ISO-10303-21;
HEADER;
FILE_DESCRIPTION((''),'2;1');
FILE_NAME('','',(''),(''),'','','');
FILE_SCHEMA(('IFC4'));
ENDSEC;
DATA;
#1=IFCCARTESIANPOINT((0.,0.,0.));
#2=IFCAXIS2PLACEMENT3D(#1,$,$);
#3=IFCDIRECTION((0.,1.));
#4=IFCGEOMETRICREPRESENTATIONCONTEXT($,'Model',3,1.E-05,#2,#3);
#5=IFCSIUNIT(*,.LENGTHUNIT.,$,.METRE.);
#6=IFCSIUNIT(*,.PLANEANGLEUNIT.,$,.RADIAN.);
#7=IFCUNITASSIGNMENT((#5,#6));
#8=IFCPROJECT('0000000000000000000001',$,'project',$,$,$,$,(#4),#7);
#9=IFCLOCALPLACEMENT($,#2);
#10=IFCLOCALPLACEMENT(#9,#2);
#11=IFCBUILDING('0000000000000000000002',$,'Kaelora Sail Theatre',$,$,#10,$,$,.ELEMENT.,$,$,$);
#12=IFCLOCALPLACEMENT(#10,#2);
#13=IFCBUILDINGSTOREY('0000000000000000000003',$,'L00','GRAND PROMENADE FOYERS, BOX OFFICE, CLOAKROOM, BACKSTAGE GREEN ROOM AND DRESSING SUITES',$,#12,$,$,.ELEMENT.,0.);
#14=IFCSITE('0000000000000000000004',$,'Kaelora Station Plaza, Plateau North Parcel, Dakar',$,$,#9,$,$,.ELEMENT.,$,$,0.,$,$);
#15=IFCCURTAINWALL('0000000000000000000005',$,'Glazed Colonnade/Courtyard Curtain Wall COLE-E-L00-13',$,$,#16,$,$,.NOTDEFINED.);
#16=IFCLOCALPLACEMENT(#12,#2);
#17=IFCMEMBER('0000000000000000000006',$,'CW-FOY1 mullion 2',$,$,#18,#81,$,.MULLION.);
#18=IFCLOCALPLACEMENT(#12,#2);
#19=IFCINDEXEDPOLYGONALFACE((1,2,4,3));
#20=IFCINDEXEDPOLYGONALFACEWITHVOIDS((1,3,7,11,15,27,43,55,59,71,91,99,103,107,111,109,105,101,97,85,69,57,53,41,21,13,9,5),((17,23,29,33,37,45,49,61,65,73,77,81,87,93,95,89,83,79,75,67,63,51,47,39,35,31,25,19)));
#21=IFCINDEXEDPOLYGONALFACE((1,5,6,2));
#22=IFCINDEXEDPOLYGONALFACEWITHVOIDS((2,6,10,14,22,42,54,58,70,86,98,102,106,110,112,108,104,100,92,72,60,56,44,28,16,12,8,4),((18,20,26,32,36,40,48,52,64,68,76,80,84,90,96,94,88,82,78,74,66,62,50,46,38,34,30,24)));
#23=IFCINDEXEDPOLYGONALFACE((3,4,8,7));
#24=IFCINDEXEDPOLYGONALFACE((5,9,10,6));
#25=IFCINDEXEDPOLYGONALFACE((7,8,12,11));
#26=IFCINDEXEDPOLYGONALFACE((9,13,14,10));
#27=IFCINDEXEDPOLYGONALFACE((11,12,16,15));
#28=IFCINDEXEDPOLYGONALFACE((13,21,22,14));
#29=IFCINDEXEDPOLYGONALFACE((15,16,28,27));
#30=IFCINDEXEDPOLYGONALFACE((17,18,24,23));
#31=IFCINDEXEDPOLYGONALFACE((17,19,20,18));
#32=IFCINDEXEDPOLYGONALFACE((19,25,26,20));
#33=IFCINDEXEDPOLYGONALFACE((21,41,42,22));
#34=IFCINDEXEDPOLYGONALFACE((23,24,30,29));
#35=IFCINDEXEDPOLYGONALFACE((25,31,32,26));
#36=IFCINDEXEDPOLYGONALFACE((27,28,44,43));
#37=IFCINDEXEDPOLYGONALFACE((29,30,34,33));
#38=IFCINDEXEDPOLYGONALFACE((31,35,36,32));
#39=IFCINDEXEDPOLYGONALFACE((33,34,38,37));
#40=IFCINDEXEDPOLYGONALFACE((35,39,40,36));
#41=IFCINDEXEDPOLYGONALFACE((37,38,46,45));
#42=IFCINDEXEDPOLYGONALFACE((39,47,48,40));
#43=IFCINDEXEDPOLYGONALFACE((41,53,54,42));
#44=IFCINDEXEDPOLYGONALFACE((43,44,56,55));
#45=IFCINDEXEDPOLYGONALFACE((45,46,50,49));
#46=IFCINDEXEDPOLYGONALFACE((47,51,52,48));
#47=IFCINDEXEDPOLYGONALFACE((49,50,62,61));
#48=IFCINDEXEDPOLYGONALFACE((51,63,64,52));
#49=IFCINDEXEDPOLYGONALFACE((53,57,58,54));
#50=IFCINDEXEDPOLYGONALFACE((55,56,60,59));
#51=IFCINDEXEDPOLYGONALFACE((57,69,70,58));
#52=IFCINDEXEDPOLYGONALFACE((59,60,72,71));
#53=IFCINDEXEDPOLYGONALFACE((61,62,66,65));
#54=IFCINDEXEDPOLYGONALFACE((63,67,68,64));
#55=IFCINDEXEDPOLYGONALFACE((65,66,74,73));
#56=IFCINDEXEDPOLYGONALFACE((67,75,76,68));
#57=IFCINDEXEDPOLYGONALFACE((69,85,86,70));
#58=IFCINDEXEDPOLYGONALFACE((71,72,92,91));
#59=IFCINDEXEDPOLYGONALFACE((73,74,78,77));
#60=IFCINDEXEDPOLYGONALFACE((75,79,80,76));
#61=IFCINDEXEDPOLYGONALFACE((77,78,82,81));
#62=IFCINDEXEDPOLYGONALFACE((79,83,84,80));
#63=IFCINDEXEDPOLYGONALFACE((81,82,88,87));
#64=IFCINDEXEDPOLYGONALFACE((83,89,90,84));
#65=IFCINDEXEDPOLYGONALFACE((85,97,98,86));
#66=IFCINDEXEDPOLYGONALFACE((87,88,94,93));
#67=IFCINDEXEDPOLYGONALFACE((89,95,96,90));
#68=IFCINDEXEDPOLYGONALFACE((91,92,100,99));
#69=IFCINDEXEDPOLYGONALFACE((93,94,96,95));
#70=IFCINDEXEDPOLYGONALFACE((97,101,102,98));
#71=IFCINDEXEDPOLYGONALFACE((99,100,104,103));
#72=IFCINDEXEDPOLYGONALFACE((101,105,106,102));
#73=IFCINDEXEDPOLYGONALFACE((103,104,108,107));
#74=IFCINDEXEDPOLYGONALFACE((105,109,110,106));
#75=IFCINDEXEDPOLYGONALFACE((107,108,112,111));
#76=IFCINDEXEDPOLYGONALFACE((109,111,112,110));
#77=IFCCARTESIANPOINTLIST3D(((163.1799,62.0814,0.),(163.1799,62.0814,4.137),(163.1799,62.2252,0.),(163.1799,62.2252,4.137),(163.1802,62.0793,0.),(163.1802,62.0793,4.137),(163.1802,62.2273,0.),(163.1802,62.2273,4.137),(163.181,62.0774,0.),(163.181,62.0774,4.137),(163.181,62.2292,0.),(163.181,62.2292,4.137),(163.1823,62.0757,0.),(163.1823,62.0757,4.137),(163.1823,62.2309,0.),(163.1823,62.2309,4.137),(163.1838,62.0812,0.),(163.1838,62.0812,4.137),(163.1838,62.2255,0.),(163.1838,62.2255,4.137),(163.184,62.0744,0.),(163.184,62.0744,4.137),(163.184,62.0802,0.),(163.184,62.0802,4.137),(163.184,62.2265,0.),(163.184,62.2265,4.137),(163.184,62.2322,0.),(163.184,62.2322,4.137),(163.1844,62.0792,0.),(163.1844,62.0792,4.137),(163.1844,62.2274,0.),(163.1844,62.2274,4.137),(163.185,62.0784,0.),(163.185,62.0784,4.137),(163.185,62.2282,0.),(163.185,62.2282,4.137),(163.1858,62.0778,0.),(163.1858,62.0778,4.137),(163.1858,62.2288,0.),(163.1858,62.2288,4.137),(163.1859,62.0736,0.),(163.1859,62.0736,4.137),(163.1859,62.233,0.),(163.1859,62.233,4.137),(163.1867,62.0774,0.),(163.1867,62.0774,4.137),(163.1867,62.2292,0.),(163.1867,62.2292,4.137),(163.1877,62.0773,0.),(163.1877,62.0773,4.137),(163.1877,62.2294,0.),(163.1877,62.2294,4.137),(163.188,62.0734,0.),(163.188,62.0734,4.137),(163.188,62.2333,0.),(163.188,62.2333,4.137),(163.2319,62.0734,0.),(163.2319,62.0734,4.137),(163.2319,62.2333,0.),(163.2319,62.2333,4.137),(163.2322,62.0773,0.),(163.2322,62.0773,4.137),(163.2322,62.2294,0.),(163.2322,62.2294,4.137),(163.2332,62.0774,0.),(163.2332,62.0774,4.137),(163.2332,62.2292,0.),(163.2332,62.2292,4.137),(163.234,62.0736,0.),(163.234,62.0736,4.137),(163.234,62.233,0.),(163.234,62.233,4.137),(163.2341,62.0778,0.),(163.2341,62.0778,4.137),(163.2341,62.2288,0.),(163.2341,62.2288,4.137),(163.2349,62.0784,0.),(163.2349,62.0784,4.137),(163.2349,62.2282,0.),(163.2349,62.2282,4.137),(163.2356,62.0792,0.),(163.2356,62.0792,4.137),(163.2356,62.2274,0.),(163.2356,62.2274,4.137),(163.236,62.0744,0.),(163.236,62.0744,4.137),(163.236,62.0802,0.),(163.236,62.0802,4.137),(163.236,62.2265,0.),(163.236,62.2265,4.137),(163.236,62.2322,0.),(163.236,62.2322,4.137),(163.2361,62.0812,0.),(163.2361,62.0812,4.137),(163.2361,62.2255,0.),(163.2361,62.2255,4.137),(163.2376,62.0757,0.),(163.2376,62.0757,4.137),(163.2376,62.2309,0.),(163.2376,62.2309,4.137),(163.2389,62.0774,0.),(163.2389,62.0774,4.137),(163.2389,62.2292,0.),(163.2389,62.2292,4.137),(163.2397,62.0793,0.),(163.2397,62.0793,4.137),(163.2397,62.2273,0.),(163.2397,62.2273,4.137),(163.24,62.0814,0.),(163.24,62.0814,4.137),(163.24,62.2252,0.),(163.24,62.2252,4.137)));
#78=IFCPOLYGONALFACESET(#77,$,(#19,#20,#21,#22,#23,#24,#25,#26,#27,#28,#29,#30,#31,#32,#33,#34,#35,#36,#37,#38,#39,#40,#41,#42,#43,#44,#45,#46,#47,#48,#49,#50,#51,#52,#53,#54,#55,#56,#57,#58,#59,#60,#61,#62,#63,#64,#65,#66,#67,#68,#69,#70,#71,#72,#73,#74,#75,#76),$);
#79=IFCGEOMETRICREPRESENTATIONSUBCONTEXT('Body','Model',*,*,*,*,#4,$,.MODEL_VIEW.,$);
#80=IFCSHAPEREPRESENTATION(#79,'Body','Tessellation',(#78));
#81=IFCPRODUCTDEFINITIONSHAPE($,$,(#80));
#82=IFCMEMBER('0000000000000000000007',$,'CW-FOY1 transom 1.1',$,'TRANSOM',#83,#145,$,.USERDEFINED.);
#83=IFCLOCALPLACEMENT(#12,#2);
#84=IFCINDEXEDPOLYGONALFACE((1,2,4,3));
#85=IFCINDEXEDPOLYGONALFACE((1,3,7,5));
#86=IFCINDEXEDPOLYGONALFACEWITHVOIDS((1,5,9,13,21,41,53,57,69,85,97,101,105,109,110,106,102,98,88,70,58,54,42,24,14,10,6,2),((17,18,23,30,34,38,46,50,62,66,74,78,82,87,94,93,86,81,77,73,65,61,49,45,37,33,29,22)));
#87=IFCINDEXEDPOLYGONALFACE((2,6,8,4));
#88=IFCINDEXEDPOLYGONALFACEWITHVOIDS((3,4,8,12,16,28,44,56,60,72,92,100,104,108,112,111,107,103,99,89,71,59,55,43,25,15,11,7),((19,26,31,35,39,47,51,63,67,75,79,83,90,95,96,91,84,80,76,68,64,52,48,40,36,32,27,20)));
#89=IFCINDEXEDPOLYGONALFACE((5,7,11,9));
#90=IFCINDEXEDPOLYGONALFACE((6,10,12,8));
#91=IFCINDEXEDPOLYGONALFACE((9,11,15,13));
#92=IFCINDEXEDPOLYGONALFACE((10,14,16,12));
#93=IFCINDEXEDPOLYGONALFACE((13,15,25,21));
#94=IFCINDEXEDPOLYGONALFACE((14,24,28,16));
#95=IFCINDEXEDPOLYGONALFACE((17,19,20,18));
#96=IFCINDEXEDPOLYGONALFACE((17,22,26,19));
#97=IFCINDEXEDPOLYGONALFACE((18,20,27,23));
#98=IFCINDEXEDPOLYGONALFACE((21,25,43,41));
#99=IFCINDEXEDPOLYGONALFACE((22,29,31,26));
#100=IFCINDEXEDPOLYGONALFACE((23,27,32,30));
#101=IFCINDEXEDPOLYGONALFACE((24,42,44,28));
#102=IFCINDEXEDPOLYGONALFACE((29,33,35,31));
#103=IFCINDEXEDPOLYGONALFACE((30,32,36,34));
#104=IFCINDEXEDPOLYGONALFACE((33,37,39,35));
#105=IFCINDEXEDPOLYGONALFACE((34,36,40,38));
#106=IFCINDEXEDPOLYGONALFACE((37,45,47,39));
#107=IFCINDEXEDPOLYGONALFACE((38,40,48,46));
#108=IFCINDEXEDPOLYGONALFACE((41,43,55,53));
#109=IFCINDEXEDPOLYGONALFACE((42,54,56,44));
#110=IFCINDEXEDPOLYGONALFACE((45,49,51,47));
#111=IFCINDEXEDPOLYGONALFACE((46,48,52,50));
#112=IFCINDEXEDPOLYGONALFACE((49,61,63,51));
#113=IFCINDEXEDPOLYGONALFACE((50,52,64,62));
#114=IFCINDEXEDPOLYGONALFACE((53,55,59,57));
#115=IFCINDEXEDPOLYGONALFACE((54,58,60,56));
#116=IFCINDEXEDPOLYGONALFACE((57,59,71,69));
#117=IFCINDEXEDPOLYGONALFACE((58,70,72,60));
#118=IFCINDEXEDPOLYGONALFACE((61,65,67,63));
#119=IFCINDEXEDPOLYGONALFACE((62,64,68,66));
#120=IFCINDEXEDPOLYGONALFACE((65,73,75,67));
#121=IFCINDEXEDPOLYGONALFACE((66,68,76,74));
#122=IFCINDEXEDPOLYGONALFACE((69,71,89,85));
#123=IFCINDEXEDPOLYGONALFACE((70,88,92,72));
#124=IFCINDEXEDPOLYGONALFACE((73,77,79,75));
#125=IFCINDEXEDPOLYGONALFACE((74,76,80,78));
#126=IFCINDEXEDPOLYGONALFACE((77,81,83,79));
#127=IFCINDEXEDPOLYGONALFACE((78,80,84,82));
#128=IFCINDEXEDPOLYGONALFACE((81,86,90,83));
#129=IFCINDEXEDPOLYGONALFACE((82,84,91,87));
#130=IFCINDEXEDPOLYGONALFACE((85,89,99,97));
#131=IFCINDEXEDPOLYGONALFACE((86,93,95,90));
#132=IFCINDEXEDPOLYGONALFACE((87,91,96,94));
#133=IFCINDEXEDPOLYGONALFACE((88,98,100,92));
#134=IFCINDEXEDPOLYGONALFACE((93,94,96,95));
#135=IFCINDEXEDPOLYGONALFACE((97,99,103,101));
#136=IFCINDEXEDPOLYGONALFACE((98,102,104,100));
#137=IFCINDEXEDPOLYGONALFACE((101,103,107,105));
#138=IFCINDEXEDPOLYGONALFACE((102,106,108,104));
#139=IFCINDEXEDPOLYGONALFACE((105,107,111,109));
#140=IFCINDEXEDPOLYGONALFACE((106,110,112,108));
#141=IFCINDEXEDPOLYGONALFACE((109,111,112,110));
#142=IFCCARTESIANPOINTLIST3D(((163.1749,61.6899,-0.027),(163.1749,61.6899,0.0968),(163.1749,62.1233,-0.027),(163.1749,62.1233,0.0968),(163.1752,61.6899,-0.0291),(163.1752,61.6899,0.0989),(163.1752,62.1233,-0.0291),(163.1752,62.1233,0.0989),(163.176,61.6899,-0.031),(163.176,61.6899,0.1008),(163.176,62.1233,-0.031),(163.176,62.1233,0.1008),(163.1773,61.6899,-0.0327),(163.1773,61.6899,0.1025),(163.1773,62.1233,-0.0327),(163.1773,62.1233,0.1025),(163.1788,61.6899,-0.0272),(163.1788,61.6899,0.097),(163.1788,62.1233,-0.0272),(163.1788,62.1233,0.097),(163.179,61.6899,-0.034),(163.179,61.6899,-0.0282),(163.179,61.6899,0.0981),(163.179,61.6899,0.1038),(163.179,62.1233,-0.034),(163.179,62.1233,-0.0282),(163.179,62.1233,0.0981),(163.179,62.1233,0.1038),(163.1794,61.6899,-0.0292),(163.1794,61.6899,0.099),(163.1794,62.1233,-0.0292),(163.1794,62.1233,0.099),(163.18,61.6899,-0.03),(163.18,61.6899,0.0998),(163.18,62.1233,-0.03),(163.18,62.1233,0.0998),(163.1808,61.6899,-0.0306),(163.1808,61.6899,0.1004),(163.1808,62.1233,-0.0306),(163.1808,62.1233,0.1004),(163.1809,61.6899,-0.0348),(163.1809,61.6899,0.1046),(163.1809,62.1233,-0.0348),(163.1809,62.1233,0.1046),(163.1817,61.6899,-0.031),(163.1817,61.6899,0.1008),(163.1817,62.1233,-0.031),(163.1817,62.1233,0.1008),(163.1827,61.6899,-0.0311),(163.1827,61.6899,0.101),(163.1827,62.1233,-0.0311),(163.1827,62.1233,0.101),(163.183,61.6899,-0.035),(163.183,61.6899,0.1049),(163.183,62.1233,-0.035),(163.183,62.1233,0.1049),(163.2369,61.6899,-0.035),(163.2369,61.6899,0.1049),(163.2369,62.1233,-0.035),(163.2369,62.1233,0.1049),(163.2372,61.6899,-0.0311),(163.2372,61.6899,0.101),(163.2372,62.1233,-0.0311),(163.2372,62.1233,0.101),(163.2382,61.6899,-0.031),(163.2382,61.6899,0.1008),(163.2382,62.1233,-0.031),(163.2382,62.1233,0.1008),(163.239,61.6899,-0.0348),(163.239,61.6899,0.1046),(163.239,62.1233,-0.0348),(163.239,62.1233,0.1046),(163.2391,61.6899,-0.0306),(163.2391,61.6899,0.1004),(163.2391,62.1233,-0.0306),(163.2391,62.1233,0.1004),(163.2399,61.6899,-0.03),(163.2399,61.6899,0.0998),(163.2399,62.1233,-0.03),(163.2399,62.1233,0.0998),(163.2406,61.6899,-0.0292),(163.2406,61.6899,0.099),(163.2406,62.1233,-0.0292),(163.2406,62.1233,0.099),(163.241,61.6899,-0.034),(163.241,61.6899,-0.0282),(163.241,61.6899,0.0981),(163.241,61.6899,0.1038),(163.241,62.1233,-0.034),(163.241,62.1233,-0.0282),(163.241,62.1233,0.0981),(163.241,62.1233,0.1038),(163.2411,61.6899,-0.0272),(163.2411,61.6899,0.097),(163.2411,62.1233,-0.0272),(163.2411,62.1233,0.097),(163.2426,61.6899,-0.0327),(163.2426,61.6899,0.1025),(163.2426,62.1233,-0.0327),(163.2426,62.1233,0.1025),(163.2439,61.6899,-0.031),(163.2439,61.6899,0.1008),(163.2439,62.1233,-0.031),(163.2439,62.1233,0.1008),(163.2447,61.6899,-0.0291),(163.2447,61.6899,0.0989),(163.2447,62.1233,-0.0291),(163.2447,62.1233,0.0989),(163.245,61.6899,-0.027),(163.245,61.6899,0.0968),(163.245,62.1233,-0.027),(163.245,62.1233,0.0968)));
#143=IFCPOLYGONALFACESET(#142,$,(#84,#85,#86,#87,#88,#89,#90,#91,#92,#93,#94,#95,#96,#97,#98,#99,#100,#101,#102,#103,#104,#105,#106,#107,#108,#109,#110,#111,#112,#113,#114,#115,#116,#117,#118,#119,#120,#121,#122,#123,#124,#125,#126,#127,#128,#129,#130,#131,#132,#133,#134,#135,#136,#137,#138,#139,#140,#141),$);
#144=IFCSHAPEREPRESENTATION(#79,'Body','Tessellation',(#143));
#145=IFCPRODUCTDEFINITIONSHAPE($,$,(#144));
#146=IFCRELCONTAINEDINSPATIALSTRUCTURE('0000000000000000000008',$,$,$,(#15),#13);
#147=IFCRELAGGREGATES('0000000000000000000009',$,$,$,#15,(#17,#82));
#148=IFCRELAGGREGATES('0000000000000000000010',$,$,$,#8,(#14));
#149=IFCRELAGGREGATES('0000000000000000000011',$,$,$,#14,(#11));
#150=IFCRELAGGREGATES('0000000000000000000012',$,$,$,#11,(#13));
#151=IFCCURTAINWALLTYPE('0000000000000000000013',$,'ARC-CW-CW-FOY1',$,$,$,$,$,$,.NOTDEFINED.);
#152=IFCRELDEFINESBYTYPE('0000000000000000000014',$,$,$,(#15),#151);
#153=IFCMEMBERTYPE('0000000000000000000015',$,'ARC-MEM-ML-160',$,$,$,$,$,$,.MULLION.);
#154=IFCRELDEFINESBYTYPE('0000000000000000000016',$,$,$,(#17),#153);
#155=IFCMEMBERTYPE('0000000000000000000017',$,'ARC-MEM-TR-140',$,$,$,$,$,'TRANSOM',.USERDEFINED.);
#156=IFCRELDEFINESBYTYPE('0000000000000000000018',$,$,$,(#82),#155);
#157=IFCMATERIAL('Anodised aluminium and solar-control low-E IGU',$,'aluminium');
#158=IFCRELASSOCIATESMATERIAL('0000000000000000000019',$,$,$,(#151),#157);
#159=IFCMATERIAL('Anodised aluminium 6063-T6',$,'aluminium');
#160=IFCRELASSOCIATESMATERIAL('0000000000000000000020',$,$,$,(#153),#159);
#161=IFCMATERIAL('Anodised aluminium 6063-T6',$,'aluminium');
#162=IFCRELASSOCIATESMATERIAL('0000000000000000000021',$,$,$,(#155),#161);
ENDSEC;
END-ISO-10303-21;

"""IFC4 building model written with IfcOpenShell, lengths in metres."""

from ifc_helpers import new_model, si_unit, direction, frame, origin, origin_2d, place, context, subcontext, project, spatial, hollow_rectangle, extrude, material, material_profile, profile_set, type_object, element, aggregate, save


model = new_model("IFC4")

# Units and contexts
model_context = context("Model", 3, precision=1e-05, world=origin(), true_north=direction((0.0, 1.0)))
body_context = subcontext(model_context, "Body", "Model", "MODEL_VIEW")
ifc_project = project(units=[si_unit("LENGTHUNIT", "METRE"), si_unit("PLANEANGLEUNIT", "RADIAN")], contexts=[model_context])

# Site, building, storey
site_placement = place(None, origin())
site = spatial("IfcSite", under=ifc_project, at=site_placement, Name="Kaelora Station Plaza, Plateau North Parcel, Dakar", CompositionType="ELEMENT", RefElevation=0.0)
building_placement = place(site_placement, origin())
building = spatial("IfcBuilding", under=site, at=building_placement, Name="Kaelora Sail Theatre", CompositionType="ELEMENT")
storey_placement = place(building_placement, origin())
storey = spatial("IfcBuildingStorey", under=building, at=storey_placement, Name="L00", Description="GRAND PROMENADE FOYERS, BOX OFFICE, CLOAKROOM, BACKSTAGE GREEN ROOM AND DRESSING SUITES", CompositionType="ELEMENT", Elevation=0.0)

# Shared definitions
ifc_material_1 = material(Name="Anodised aluminium and solar-control low-E IGU", Category="aluminium")
curtain_wall_type = type_object("IfcCurtainWallType", Name="ARC-CW-CW-FOY1", PredefinedType="NOTDEFINED", material=ifc_material_1)
ifc_material_2 = material(Name="Anodised aluminium 6063-T6", Category="aluminium")
ifc_material_profile_1 = material_profile(ifc_material_2, hollow_rectangle(XDim=0.0601, YDim=0.1599, WallThickness=0.0039, InnerFilletRadius=0.0039, OuterFilletRadius=0.0081, at=origin_2d()), Name="ALU-MULL 60x160x4")
ifc_profile_set_1 = profile_set([ifc_material_profile_1], Name="Anodised aluminium 6063-T6")
member_type_1 = type_object("IfcMemberType", Name="ARC-MEM-ML-160", PredefinedType="MULLION", material=ifc_profile_set_1)

# Curtain wall, members
curtain_wall_1_placement = place(storey_placement, origin())
curtain_wall_1 = element("IfcCurtainWall", 1, at=curtain_wall_1_placement, inside=storey, type_object=curtain_wall_type, Name="Glazed Colonnade/Courtyard Curtain Wall COLE-E-L00-13", PredefinedType="NOTDEFINED")
member_1_placement = place(storey_placement, frame((163.21, 62.1533, 0.0), z_axis=(0.0, 0.0, 1.0), x_axis=(-1.0, 0.0, 0.0)))
member_1 = element("IfcMember", 2, at=member_1_placement, type_object=member_type_1, Name="CW-FOY1 mullion 2", PredefinedType="MULLION", context=body_context, shape_type="SweptSolid", body=[
    extrude(hollow_rectangle(XDim=0.0601, YDim=0.1599, WallThickness=0.0039, InnerFilletRadius=0.0039, OuterFilletRadius=0.0081, at=origin_2d()), origin(), (0.0, 0.0, 1.0), 4.137),
])
ifc_material_3 = material(Name="Anodised aluminium 6063-T6", Category="aluminium")
ifc_material_profile_2 = material_profile(ifc_material_3, hollow_rectangle(XDim=0.0701, YDim=0.1399, WallThickness=0.0039, InnerFilletRadius=0.0039, OuterFilletRadius=0.0081, at=origin_2d()), Name="ALU-TRAN 70x140x4")
ifc_profile_set_2 = profile_set([ifc_material_profile_2], Name="Anodised aluminium 6063-T6")
member_type_2 = type_object("IfcMemberType", Name="ARC-MEM-TR-140", ElementType="TRANSOM", PredefinedType="USERDEFINED", material=ifc_profile_set_2)
member_2_placement = place(storey_placement, frame((163.21, 61.6899, 0.0349), z_axis=(0.0, 1.0, 0.0), x_axis=(-1.0, 0.0, 0.0)))
member_2 = element("IfcMember", 3, at=member_2_placement, type_object=member_type_2, Name="CW-FOY1 transom 1.1", ObjectType="TRANSOM", PredefinedType="USERDEFINED", context=body_context, shape_type="SweptSolid", body=[
    extrude(hollow_rectangle(XDim=0.0701, YDim=0.1399, WallThickness=0.0039, InnerFilletRadius=0.0039, OuterFilletRadius=0.0081, at=origin_2d()), origin(), (0.0, 0.0, 1.0), 0.4333),
])

aggregate(curtain_wall_1, [member_1, member_2])

save(model, "model.ifc")
